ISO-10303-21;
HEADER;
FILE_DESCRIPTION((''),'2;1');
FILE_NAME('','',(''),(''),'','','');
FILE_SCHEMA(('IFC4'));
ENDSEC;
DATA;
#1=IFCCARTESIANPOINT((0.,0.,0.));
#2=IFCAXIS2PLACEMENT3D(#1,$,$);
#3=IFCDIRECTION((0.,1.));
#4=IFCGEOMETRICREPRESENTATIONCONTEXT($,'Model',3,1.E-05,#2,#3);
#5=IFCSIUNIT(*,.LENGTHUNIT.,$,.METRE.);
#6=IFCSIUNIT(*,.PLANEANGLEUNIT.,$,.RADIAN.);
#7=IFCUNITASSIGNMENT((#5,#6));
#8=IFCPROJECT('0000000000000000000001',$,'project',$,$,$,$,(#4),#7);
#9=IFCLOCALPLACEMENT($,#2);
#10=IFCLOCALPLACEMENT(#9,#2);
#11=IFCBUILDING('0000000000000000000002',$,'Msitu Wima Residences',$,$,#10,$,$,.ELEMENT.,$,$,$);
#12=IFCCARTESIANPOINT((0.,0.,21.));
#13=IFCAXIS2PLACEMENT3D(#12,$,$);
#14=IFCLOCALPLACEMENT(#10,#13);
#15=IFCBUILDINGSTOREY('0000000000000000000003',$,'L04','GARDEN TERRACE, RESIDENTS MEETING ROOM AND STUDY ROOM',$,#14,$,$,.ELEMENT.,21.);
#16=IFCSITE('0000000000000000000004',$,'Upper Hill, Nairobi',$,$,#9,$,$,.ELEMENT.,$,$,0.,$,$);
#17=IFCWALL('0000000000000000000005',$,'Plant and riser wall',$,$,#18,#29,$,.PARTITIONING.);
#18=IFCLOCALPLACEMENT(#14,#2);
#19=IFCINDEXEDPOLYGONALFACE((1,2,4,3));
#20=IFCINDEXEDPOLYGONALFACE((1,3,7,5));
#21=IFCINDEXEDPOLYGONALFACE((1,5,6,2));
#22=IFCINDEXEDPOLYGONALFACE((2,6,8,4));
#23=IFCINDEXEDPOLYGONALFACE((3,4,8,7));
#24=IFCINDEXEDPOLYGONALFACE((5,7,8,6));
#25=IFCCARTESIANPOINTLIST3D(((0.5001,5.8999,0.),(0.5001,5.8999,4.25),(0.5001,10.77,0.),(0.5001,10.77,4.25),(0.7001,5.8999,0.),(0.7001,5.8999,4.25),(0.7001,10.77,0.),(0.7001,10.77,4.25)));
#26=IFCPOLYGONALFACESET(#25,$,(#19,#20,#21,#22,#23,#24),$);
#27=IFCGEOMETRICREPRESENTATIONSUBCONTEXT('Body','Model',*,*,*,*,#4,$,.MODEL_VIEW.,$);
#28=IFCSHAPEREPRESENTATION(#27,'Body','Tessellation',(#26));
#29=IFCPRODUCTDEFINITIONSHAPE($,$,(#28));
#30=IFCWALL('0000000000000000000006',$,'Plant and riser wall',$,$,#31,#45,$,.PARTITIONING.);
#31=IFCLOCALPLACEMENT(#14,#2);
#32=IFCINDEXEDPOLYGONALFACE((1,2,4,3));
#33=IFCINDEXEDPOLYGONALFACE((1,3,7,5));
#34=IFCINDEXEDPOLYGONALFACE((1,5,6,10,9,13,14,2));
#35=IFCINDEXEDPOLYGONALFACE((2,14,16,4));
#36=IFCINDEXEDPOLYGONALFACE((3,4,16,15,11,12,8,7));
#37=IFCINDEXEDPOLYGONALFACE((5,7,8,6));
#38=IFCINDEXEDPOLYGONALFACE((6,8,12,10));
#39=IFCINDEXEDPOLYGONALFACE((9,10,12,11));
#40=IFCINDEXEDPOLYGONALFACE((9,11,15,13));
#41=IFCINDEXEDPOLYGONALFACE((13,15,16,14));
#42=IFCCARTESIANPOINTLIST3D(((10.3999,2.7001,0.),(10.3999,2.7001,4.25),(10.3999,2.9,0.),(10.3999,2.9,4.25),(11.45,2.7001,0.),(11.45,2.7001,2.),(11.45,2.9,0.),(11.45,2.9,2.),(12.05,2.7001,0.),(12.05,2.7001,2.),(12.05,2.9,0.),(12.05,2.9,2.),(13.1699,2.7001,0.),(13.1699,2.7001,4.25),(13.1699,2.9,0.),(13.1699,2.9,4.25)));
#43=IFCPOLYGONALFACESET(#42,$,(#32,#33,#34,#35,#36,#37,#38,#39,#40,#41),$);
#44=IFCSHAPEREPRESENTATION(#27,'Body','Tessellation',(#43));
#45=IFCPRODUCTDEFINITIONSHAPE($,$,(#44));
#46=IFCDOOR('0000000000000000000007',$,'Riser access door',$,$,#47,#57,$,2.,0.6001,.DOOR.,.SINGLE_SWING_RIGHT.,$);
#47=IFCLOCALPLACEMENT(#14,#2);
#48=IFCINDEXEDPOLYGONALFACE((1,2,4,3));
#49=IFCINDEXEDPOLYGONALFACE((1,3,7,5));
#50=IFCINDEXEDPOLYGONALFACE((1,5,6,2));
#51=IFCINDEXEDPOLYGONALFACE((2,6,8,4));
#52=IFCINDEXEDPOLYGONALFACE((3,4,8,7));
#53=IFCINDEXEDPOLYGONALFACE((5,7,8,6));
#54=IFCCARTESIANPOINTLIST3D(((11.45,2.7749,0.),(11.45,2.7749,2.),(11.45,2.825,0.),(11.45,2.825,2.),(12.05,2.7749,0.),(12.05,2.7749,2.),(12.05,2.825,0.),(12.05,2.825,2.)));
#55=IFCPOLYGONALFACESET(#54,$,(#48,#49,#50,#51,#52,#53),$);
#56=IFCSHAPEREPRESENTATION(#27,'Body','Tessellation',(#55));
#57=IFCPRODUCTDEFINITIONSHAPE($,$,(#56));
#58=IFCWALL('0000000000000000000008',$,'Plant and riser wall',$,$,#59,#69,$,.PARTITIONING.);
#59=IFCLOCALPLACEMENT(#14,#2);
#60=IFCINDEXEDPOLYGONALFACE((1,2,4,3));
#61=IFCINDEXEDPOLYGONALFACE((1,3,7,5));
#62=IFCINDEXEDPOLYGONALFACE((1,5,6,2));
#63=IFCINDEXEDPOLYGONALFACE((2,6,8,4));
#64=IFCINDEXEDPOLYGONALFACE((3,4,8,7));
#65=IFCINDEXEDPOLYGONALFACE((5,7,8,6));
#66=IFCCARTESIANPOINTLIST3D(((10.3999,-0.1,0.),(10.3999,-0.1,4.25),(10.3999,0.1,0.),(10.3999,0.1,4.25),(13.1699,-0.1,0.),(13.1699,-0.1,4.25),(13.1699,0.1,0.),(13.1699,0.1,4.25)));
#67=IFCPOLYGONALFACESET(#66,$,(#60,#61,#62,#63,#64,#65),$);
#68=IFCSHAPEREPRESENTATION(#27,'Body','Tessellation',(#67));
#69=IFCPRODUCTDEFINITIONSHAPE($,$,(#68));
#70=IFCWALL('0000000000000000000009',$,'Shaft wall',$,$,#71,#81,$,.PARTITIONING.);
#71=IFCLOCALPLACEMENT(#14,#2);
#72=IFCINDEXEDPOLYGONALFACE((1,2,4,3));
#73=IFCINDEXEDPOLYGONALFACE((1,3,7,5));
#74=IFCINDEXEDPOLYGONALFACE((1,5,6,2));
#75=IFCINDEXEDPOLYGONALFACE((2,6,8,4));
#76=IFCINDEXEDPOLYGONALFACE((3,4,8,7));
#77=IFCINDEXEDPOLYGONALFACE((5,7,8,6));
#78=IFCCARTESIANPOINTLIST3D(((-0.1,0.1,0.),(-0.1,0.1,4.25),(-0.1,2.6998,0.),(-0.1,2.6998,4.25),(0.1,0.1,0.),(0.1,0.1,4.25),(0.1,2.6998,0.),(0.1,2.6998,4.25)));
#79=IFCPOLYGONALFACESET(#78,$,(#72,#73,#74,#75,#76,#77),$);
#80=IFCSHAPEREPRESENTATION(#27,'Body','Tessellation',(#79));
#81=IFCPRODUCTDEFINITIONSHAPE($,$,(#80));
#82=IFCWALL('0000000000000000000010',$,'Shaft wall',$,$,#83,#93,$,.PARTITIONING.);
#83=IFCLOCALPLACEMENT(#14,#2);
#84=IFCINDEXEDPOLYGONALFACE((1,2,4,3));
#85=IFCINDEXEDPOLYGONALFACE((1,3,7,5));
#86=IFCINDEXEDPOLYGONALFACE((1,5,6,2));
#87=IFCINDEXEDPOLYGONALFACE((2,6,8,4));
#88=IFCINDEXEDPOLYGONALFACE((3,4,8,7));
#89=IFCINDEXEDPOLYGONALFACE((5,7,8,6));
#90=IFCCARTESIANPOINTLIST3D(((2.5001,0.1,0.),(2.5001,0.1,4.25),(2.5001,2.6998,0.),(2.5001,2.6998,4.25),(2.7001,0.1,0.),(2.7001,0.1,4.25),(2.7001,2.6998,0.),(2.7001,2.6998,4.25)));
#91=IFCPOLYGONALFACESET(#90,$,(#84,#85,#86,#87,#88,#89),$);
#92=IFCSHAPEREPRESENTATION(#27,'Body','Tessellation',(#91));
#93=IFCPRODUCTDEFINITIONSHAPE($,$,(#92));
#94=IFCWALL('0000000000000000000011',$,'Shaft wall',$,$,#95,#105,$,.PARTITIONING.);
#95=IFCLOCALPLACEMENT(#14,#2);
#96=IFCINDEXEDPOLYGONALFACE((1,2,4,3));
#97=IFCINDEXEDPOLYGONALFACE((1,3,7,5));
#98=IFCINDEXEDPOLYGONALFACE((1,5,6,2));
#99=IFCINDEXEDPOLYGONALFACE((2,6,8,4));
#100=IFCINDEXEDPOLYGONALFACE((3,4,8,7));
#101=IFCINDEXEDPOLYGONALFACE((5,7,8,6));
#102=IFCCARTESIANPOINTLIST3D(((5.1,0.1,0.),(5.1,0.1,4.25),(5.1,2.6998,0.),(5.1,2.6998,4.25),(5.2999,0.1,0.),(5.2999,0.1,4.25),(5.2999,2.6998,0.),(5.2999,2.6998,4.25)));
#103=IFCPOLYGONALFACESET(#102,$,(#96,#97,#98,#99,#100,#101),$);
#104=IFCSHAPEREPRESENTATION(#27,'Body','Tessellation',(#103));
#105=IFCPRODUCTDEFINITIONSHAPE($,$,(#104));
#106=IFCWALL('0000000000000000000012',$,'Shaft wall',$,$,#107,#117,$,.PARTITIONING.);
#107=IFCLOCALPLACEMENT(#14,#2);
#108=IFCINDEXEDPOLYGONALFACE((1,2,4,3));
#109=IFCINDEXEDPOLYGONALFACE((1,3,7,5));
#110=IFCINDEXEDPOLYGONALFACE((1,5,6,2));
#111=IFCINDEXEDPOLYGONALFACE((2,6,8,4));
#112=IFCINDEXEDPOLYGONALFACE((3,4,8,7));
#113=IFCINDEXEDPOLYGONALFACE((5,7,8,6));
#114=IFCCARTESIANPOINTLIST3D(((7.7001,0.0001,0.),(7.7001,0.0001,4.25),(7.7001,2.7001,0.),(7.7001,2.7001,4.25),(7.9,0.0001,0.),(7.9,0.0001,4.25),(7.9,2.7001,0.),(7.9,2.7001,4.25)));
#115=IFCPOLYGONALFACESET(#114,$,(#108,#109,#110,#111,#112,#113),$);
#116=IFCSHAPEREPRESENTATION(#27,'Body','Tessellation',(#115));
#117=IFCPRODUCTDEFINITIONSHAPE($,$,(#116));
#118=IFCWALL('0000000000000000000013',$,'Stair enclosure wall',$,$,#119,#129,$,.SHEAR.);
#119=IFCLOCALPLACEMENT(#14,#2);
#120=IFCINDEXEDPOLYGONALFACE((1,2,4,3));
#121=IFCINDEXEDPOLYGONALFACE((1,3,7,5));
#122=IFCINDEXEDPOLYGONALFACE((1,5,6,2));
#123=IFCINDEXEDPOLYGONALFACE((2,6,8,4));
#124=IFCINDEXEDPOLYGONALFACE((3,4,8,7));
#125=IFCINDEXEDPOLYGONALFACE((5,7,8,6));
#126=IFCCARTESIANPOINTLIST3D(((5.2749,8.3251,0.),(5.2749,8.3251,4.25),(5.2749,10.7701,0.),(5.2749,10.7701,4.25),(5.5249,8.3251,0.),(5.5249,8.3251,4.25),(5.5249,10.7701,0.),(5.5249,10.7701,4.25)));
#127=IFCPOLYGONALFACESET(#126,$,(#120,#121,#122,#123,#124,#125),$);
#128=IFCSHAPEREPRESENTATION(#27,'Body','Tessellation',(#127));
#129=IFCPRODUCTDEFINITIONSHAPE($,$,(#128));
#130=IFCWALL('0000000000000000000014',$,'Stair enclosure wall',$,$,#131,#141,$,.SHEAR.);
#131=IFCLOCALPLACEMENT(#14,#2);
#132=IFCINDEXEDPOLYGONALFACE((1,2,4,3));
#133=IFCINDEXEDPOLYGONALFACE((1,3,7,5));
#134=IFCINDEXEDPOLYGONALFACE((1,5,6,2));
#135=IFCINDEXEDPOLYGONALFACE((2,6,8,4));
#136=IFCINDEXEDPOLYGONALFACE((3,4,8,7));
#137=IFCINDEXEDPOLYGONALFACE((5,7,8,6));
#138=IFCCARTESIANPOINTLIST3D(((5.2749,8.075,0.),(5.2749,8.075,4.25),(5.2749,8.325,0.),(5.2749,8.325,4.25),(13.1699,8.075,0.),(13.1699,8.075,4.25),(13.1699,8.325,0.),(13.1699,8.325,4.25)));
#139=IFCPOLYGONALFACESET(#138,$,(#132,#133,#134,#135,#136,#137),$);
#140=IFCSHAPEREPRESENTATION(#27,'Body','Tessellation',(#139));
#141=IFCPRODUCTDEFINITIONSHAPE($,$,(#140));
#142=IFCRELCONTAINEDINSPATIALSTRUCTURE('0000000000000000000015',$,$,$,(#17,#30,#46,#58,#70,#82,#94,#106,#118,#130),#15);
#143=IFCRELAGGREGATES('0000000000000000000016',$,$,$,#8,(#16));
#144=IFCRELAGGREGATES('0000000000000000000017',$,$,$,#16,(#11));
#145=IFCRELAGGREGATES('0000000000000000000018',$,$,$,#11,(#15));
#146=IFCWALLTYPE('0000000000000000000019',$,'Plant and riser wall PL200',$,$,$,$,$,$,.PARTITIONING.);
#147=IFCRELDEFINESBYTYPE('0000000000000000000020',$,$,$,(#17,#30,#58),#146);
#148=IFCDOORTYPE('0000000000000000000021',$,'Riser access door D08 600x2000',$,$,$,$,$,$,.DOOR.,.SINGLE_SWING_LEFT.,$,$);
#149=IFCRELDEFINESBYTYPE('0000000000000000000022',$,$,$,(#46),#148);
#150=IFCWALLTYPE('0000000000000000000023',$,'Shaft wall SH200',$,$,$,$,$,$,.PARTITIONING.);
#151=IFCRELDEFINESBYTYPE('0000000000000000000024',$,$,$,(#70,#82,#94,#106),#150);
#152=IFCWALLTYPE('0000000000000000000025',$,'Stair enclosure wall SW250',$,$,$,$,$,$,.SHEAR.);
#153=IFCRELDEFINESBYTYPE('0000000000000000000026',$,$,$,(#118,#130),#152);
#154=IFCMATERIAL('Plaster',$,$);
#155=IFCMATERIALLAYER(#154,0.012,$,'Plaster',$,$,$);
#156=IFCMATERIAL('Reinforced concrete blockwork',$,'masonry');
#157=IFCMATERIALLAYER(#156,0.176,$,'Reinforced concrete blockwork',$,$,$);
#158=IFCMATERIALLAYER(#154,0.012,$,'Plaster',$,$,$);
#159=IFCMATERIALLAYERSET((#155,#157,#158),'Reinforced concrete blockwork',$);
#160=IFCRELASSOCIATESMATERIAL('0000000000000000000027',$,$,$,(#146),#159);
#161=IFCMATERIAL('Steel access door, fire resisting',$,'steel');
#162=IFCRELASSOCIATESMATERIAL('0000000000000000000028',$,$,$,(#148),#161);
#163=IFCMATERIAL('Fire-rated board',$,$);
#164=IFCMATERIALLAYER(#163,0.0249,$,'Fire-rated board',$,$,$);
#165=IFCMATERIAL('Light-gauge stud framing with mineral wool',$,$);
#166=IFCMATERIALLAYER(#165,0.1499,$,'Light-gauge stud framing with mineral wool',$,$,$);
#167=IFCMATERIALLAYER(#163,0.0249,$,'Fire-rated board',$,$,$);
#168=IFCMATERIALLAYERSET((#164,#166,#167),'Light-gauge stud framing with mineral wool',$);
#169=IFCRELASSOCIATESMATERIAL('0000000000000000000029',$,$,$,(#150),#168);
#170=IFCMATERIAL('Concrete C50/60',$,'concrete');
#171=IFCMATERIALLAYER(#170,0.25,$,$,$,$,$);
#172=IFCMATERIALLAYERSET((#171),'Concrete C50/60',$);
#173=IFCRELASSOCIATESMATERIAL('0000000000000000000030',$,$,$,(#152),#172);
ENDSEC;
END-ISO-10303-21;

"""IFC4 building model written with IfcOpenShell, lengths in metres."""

from ifc_helpers import new_model, si_unit, direction, frame, frame_2d, origin, place, context, subcontext, project, spatial, rectangle, extrude, material, layer, layer_set, type_object, element, fill, save


model = new_model("IFC4")

# Units and contexts
model_context = context("Model", 3, precision=1e-05, world=origin(), true_north=direction((0.0, 1.0)))
body_context = subcontext(model_context, "Body", "Model", "MODEL_VIEW")
ifc_project = project(units=[si_unit("LENGTHUNIT", "METRE"), si_unit("PLANEANGLEUNIT", "RADIAN")], contexts=[model_context])

# Site, building, storey
site_placement = place(None, origin())
site = spatial("IfcSite", under=ifc_project, at=site_placement, Name="Upper Hill, Nairobi", CompositionType="ELEMENT", RefElevation=0.0)
building_placement = place(site_placement, origin())
building = spatial("IfcBuilding", under=site, at=building_placement, Name="Msitu Wima Residences", CompositionType="ELEMENT")
storey_placement = place(building_placement, frame((0.0, 0.0, 21.0)))
storey = spatial("IfcBuildingStorey", under=building, at=storey_placement, Name="L04", Description="GARDEN TERRACE, RESIDENTS MEETING ROOM AND STUDY ROOM", CompositionType="ELEMENT", Elevation=21.0)

# Shared definitions
ifc_material_1 = material(Name="Plaster")

# Wall
ifc_layer_1 = layer(ifc_material_1, 0.012, Name="Plaster")
ifc_material_2 = material(Name="Reinforced concrete blockwork", Category="masonry")
ifc_layer_2 = layer(ifc_material_2, 0.176, Name="Reinforced concrete blockwork")
ifc_layer_3 = layer(ifc_material_1, 0.012, Name="Plaster")
ifc_layer_set_1 = layer_set([ifc_layer_1, ifc_layer_2, ifc_layer_3], Name="Reinforced concrete blockwork")
wall_type_1 = type_object("IfcWallType", Name="Plant and riser wall PL200", PredefinedType="PARTITIONING", material=ifc_layer_set_1)
wall_1_placement = place(storey_placement, frame((0.6001, 5.8999, 0.0), z_axis=(0.0, 0.0, 1.0), x_axis=(0.0, 1.0, 0.0)))
element("IfcWall", 1, at=wall_1_placement, inside=storey, type_object=wall_type_1, Name="Plant and riser wall", PredefinedType="PARTITIONING", context=body_context, shape_type="SweptSolid", body=[
    extrude(rectangle(XDim=4.8701, YDim=0.2, at=frame_2d((2.4351, 0.0))), origin(), (0.0, 0.0, 1.0), 4.25),
])

# Wall, opening, door
wall_2_placement = place(storey_placement, frame((10.3999, 2.8, 0.0), z_axis=(0.0, 0.0, 1.0), x_axis=(1.0, 0.0, 0.0)))
wall_2 = element("IfcWall", 2, at=wall_2_placement, inside=storey, type_object=wall_type_1, Name="Plant and riser wall", PredefinedType="PARTITIONING", context=body_context, shape_type="SweptSolid", body=[
    extrude(rectangle(XDim=2.77, YDim=0.2, at=frame_2d((1.385, 0.0))), origin(), (0.0, 0.0, 1.0), 4.25),
])
opening_1_placement = place(wall_2_placement, frame((1.05, 0.0, 0.0)))
opening_1 = element("IfcOpeningElement", 3, at=opening_1_placement, cuts=wall_2, PredefinedType="OPENING", context=body_context, shape_type="SweptSolid", body=[
    extrude(rectangle(XDim=0.6001, YDim=2.0, at=frame_2d((0.3, 1.0))), frame((0.0, 0.1099, 0.0), z_axis=(0.0, -1.0, 0.0), x_axis=(1.0, 0.0, 0.0)), (0.0, 0.0, 1.0), 0.22),
])
ifc_material_3 = material(Name="Steel access door, fire resisting", Category="steel")
door_type_1 = type_object("IfcDoorType", Name="Riser access door D08 600x2000", OperationType="SINGLE_SWING_LEFT", PredefinedType="DOOR", material=ifc_material_3)
door_1_placement = place(opening_1_placement, origin())
door_1 = element("IfcDoor", 4, at=door_1_placement, inside=storey, type_object=door_type_1, Name="Riser access door", OperationType="SINGLE_SWING_RIGHT", OverallHeight=2.0, OverallWidth=0.6001, PredefinedType="DOOR", context=body_context, shape_type="SweptSolid", body=[
    extrude(rectangle(XDim=0.6001, YDim=2.0, at=frame_2d((0.3, 1.0))), frame((0.0, 0.0249, 0.0), z_axis=(0.0, -1.0, 0.0), x_axis=(1.0, 0.0, 0.0)), (0.0, 0.0, 1.0), 0.05),
])
fill(opening_1, door_1)

# Walls
wall_3_placement = place(storey_placement, frame((10.3999, 0.0, 0.0), z_axis=(0.0, 0.0, 1.0), x_axis=(1.0, 0.0, 0.0)))
element("IfcWall", 5, at=wall_3_placement, inside=storey, type_object=wall_type_1, Name="Plant and riser wall", PredefinedType="PARTITIONING", context=body_context, shape_type="SweptSolid", body=[
    extrude(rectangle(XDim=2.77, YDim=0.2, at=frame_2d((1.385, 0.0))), origin(), (0.0, 0.0, 1.0), 4.25),
])
ifc_material_4 = material(Name="Fire-rated board")
ifc_layer_4 = layer(ifc_material_4, 0.0249, Name="Fire-rated board")
ifc_material_5 = material(Name="Light-gauge stud framing with mineral wool")
ifc_layer_5 = layer(ifc_material_5, 0.1499, Name="Light-gauge stud framing with mineral wool")
ifc_layer_6 = layer(ifc_material_4, 0.0249, Name="Fire-rated board")
ifc_layer_set_2 = layer_set([ifc_layer_4, ifc_layer_5, ifc_layer_6], Name="Light-gauge stud framing with mineral wool")
wall_type_2 = type_object("IfcWallType", Name="Shaft wall SH200", PredefinedType="PARTITIONING", material=ifc_layer_set_2)
for number, where, z_axis, x_axis, name in (
    (6, (0.0, 0.1001, 0.0), (0.0, 0.0, 1.0), (0.0, 1.0, 0.0), "Shaft wall"),
    (7, (2.6001, 0.1001, 0.0), (0.0, 0.0, 1.0), (0.0, 1.0, 0.0), "Shaft wall"),
    (8, (5.2, 0.1001, 0.0), (0.0, 0.0, 1.0), (0.0, 1.0, 0.0), "Shaft wall"),
):
    element("IfcWall", number, at=place(storey_placement, frame(where, z_axis=z_axis, x_axis=x_axis)), inside=storey, type_object=wall_type_2, Name=name, PredefinedType="PARTITIONING", context=body_context, shape_type="SweptSolid", body=[
        extrude(rectangle(XDim=2.5999, YDim=0.2, at=frame_2d((1.2998, 0.0))), origin(), (0.0, 0.0, 1.0), 4.25),
    ])
wall_4_placement = place(storey_placement, frame((7.8, 0.0, 0.0), z_axis=(0.0, 0.0, 1.0), x_axis=(0.0, 1.0, 0.0)))
element("IfcWall", 9, at=wall_4_placement, inside=storey, type_object=wall_type_2, Name="Shaft wall", PredefinedType="PARTITIONING", context=body_context, shape_type="SweptSolid", body=[
    extrude(rectangle(XDim=2.7, YDim=0.2, at=frame_2d((1.3501, 0.0))), origin(), (0.0, 0.0, 1.0), 4.25),
])
ifc_material_6 = material(Name="Concrete C50/60", Category="concrete")
ifc_layer_7 = layer(ifc_material_6, 0.25)
ifc_layer_set_3 = layer_set([ifc_layer_7], Name="Concrete C50/60")
wall_type_3 = type_object("IfcWallType", Name="Stair enclosure wall SW250", PredefinedType="SHEAR", material=ifc_layer_set_3)
wall_5_placement = place(storey_placement, frame((5.3999, 8.325, 0.0), z_axis=(0.0, 0.0, 1.0), x_axis=(0.0, 1.0, 0.0)))
element("IfcWall", 10, at=wall_5_placement, inside=storey, type_object=wall_type_3, Name="Stair enclosure wall", PredefinedType="SHEAR", context=body_context, shape_type="SweptSolid", body=[
    extrude(rectangle(XDim=2.4451, YDim=0.25, at=frame_2d((1.2227, 0.0))), origin(), (0.0, 0.0, 1.0), 4.25),
])
wall_6_placement = place(storey_placement, frame((5.2749, 8.2, 0.0), z_axis=(0.0, 0.0, 1.0), x_axis=(1.0, 0.0, 0.0)))
element("IfcWall", 11, at=wall_6_placement, inside=storey, type_object=wall_type_3, Name="Stair enclosure wall", PredefinedType="SHEAR", context=body_context, shape_type="SweptSolid", body=[
    extrude(rectangle(XDim=7.895, YDim=0.25, at=frame_2d((3.9475, 0.0))), origin(), (0.0, 0.0, 1.0), 4.25),
])

save(model, "model.ifc")
